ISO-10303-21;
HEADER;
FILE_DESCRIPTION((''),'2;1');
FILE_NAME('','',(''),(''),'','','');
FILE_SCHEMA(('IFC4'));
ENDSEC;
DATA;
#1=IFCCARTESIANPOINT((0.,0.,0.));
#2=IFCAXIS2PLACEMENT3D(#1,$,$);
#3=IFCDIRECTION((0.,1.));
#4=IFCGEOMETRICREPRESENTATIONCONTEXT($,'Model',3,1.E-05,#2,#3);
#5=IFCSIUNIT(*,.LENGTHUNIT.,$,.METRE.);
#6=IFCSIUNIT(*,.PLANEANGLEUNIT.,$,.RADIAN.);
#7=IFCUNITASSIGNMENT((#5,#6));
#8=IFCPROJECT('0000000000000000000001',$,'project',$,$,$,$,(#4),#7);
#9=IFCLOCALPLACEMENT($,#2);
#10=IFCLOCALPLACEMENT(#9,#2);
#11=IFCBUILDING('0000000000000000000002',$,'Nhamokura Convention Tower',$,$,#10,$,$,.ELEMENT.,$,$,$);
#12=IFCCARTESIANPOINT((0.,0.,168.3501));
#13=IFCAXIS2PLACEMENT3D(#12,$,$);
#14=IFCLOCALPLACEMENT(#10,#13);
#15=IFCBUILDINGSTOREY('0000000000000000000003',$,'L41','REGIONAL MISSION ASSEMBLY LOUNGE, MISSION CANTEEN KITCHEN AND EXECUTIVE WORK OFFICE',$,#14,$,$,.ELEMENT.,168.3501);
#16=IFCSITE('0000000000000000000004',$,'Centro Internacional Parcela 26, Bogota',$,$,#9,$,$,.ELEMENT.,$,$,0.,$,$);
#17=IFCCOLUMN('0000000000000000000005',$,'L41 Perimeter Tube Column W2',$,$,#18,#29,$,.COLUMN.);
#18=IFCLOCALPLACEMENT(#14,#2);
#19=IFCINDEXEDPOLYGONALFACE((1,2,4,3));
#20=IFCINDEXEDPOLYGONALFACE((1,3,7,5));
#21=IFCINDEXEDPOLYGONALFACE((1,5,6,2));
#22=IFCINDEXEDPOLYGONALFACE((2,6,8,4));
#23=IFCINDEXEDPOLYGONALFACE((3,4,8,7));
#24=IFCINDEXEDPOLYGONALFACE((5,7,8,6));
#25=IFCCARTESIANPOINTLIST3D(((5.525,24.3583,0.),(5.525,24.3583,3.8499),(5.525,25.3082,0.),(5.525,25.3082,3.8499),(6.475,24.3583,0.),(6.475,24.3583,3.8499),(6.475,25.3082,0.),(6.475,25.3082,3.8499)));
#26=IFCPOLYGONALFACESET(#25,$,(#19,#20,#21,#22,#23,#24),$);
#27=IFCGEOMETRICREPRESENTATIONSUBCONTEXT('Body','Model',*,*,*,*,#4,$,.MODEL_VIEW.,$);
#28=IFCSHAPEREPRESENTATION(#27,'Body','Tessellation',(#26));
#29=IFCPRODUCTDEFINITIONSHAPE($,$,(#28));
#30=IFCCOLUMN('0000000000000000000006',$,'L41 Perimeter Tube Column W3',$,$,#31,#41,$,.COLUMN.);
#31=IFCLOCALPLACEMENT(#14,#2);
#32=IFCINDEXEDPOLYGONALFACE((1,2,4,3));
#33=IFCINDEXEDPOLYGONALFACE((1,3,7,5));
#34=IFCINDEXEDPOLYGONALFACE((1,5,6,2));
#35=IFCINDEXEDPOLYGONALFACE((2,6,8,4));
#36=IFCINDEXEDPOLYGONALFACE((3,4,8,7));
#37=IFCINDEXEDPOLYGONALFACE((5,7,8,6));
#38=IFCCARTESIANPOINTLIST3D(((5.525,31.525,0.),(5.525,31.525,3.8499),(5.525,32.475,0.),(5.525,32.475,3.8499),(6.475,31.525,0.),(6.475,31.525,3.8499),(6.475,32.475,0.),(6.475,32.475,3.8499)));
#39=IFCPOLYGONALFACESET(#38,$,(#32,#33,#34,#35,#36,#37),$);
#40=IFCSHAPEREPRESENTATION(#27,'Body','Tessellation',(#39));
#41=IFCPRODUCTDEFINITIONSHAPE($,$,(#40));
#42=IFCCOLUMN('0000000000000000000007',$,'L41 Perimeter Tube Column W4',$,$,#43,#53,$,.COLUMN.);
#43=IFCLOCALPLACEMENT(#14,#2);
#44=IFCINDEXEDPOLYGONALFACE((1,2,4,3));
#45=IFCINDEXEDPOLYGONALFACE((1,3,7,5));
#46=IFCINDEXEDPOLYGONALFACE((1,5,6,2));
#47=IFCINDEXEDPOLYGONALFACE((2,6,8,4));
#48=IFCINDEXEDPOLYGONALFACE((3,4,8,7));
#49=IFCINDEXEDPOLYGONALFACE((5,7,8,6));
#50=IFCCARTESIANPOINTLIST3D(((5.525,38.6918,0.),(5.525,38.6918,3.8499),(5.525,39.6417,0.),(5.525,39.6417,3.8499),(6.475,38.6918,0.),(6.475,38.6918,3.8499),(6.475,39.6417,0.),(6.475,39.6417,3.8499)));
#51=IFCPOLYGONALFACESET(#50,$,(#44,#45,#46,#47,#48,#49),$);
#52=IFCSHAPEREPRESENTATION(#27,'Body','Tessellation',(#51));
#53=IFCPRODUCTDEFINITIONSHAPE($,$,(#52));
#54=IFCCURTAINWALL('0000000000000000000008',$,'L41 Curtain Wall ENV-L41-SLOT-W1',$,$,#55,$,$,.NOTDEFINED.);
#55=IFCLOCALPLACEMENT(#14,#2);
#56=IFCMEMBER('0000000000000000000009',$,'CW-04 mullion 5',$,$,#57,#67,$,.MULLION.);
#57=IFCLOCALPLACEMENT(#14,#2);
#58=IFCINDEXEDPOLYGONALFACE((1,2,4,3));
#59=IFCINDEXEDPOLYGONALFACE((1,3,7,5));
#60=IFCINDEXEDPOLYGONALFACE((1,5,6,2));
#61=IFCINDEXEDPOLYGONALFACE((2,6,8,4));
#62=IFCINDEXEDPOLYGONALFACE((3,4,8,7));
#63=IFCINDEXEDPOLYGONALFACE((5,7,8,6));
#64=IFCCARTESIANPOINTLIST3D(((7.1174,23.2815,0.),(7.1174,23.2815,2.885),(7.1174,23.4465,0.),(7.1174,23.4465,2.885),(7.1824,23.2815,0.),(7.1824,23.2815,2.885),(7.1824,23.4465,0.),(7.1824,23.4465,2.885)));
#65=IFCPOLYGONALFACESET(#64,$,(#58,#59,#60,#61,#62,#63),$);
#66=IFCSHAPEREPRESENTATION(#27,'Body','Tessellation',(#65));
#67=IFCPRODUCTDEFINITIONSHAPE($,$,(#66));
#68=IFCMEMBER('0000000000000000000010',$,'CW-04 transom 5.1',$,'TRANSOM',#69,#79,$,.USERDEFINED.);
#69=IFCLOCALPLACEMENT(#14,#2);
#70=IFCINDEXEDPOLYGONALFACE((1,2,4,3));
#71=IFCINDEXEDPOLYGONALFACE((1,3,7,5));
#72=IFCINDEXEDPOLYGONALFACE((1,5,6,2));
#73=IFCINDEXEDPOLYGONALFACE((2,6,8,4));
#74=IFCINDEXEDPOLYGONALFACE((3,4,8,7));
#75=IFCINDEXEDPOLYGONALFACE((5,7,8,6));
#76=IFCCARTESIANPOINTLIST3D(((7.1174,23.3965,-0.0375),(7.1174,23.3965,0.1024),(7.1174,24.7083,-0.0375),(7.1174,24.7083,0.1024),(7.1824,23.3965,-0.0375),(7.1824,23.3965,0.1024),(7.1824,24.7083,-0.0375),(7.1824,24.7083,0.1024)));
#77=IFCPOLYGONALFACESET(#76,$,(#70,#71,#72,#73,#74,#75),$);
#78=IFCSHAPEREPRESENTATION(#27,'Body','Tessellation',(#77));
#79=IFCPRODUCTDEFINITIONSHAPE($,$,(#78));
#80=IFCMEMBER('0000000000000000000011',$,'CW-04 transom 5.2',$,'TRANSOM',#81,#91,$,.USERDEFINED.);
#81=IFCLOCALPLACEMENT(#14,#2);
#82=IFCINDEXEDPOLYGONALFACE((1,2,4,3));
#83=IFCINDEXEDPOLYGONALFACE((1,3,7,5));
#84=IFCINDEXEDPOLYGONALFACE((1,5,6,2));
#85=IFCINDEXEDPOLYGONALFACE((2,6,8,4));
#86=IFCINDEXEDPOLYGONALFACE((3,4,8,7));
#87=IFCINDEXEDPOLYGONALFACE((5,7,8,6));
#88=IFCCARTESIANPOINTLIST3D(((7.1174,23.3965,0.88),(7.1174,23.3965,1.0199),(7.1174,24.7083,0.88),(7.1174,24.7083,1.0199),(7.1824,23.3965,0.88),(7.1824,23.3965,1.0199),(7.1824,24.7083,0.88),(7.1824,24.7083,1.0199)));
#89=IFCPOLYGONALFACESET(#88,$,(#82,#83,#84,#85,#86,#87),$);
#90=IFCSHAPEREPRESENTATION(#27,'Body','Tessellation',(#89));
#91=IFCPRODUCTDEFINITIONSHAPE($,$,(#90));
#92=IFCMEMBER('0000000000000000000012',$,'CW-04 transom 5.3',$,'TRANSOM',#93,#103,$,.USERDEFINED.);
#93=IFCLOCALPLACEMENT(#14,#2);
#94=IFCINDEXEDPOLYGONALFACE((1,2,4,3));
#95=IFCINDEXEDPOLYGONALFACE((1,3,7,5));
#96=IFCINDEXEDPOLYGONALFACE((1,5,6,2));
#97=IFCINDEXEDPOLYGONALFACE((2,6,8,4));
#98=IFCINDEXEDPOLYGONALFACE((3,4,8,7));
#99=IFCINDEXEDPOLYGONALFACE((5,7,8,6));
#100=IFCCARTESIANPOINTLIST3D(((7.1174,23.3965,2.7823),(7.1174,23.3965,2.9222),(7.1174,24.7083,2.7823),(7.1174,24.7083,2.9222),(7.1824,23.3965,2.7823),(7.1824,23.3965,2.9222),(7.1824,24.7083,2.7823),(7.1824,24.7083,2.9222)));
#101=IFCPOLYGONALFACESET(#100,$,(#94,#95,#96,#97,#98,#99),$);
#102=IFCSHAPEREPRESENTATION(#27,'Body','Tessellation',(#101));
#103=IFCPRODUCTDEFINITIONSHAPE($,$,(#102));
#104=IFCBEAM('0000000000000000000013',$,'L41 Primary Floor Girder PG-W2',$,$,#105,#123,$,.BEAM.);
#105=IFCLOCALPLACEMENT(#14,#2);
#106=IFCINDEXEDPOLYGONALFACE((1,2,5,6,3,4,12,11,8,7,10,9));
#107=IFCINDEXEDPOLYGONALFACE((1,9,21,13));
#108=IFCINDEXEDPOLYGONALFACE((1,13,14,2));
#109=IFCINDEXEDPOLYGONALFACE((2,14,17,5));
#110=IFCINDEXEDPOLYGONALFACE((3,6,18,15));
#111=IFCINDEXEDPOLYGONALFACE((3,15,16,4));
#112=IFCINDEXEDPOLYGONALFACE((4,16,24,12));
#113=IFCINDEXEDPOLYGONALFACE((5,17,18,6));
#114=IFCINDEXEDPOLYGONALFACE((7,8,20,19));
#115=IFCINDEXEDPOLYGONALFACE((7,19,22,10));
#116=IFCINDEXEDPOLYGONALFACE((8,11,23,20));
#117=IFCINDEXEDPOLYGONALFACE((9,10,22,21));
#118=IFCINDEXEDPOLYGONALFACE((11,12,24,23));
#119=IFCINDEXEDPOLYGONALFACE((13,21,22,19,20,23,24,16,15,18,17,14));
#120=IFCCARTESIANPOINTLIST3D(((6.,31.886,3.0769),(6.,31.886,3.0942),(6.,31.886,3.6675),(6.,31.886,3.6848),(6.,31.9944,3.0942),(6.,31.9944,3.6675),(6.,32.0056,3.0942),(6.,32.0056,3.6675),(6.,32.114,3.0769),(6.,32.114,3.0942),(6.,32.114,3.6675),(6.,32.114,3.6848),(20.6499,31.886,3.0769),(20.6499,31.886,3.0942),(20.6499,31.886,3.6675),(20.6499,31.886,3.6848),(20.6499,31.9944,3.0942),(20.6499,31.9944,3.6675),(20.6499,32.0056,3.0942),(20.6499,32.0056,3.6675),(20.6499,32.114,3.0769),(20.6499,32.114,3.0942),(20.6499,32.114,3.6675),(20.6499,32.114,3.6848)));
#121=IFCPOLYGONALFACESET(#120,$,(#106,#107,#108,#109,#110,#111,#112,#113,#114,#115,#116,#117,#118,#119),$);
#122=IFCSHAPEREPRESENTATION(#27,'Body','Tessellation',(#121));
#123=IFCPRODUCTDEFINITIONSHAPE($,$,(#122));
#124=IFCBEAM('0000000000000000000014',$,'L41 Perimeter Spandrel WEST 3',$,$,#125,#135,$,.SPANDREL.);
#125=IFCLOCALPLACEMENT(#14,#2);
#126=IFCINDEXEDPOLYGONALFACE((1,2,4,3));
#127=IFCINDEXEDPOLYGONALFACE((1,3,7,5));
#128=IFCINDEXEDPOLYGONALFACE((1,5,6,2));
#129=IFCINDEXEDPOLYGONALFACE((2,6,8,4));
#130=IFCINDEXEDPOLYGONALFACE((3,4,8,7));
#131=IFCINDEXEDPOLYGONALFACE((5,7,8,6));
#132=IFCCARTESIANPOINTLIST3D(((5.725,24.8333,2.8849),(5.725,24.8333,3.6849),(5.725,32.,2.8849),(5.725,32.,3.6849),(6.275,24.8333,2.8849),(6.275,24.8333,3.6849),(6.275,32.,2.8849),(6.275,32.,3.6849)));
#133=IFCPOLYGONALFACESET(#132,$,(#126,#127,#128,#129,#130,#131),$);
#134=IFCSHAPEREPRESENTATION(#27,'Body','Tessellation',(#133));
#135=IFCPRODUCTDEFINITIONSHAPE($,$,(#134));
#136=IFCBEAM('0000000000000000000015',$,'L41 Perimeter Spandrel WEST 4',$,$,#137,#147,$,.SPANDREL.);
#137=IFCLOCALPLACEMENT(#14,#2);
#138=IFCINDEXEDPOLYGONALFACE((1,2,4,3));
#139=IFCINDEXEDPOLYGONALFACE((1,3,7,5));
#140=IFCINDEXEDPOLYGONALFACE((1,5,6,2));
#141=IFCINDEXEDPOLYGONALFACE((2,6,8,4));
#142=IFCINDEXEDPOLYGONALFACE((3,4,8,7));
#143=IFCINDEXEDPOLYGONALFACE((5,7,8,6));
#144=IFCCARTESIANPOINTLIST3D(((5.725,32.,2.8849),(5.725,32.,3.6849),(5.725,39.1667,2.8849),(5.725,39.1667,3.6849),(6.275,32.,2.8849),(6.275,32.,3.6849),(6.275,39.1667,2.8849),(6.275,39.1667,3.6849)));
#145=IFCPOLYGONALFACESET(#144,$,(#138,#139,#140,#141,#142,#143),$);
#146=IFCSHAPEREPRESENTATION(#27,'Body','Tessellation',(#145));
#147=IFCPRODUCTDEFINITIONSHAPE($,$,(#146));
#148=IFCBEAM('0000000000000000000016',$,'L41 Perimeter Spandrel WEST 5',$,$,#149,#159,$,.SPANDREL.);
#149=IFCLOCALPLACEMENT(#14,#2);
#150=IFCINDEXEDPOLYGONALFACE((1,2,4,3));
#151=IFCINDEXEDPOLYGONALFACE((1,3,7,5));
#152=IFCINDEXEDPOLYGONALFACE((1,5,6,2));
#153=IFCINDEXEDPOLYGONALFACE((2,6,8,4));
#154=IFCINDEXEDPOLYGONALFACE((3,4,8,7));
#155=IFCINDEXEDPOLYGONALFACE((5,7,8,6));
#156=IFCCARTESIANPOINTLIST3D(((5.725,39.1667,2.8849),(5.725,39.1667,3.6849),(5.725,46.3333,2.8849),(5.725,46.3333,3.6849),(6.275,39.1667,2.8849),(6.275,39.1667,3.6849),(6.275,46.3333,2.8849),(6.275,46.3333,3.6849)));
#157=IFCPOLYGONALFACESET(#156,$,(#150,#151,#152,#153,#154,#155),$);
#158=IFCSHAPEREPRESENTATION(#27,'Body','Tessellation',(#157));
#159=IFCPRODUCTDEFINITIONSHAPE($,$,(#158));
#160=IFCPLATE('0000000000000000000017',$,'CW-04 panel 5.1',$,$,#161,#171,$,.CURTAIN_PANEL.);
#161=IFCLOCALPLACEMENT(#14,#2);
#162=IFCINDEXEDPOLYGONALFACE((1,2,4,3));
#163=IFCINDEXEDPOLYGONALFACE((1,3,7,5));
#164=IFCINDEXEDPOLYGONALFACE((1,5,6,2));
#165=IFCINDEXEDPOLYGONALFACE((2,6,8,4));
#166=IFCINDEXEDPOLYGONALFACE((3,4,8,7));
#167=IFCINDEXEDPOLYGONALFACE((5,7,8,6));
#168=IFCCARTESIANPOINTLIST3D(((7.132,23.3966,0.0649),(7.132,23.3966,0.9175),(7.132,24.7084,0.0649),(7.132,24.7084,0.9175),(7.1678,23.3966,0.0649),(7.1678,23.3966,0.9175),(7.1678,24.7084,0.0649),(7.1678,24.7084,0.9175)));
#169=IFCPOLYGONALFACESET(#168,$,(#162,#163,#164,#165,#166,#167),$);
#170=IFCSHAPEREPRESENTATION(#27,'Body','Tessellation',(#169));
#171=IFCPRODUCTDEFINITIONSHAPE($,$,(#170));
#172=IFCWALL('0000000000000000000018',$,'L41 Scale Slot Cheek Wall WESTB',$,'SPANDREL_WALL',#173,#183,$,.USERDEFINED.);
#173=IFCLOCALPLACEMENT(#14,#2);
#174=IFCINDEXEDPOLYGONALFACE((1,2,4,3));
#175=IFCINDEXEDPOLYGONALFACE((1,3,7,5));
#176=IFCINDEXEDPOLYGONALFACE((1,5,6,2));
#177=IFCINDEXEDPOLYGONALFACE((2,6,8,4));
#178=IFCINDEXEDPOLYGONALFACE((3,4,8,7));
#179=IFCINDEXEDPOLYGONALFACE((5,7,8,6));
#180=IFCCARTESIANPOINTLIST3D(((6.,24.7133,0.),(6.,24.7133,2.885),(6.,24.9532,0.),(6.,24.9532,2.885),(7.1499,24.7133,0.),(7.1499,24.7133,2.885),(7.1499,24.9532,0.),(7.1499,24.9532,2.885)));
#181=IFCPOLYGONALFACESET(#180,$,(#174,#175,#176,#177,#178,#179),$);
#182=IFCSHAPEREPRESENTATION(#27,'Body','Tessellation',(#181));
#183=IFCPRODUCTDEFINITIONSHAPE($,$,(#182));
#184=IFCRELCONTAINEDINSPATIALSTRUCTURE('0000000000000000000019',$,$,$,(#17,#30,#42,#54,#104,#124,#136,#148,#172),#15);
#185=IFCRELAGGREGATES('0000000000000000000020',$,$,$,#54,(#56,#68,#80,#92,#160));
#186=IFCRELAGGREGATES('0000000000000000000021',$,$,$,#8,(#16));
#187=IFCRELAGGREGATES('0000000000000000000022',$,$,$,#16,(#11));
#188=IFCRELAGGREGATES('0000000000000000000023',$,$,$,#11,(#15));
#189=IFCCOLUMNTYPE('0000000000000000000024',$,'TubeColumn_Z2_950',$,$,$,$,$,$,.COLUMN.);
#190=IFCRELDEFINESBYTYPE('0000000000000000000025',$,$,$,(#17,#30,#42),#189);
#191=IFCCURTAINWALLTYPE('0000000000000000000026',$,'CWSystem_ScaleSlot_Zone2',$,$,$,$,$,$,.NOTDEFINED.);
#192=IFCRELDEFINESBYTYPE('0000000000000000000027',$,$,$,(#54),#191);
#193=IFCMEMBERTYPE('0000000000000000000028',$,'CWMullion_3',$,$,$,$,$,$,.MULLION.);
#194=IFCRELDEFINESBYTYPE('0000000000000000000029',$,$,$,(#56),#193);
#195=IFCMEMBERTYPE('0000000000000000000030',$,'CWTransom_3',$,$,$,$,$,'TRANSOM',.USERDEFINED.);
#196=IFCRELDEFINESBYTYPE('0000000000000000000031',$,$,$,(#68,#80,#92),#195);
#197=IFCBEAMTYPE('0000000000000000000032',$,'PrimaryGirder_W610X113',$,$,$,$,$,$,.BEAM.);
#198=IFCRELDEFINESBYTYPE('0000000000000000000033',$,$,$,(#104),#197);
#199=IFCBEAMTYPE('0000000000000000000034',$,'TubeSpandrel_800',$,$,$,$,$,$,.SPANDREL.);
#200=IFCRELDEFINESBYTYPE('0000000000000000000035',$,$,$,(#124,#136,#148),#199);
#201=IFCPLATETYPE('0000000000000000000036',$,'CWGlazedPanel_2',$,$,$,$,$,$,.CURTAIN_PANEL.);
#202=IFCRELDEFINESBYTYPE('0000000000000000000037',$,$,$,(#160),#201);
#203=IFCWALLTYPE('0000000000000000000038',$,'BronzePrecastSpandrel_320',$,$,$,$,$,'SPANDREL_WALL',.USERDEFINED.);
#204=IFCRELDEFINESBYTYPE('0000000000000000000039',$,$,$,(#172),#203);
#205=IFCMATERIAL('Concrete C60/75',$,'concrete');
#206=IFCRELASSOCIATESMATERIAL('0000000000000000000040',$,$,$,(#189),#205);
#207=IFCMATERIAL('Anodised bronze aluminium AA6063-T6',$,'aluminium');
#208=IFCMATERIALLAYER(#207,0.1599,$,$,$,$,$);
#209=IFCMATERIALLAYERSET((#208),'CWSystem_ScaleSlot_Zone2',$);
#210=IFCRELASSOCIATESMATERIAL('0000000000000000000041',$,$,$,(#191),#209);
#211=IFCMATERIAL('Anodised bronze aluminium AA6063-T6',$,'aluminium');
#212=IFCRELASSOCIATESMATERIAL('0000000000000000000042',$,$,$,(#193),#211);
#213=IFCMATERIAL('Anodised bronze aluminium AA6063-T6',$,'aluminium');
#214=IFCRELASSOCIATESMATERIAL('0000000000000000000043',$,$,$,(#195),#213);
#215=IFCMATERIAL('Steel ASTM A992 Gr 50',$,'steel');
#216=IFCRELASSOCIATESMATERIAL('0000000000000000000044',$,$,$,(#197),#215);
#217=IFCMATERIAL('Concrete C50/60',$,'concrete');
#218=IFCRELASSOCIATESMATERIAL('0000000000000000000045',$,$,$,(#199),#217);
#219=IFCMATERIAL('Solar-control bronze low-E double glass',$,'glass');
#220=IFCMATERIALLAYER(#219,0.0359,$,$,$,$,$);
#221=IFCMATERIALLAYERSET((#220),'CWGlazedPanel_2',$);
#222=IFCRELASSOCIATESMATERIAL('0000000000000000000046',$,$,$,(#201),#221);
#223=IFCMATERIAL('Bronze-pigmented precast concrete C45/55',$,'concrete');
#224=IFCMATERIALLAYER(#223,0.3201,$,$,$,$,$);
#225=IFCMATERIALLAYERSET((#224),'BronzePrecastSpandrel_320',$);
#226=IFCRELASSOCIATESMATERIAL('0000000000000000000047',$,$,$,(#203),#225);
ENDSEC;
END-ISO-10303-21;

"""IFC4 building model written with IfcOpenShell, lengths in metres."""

from ifc_helpers import new_model, si_unit, direction, frame, frame_2d, origin, origin_2d, place, context, subcontext, project, spatial, rectangle, i_section, extrude, material, layer, layer_set, material_profile, profile_set, type_object, element, aggregate, save


model = new_model("IFC4")

# Units and contexts
model_context = context("Model", 3, precision=1e-05, world=origin(), true_north=direction((0.0, 1.0)))
body_context = subcontext(model_context, "Body", "Model", "MODEL_VIEW")
ifc_project = project(units=[si_unit("LENGTHUNIT", "METRE"), si_unit("PLANEANGLEUNIT", "RADIAN")], contexts=[model_context])

# Site, building, storey
site_placement = place(None, origin())
site = spatial("IfcSite", under=ifc_project, at=site_placement, Name="Centro Internacional Parcela 26, Bogota", CompositionType="ELEMENT", RefElevation=0.0)
building_placement = place(site_placement, origin())
building = spatial("IfcBuilding", under=site, at=building_placement, Name="Nhamokura Convention Tower", CompositionType="ELEMENT")
storey_placement = place(building_placement, frame((0.0, 0.0, 168.3501)))
storey = spatial("IfcBuildingStorey", under=building, at=storey_placement, Name="L41", Description="REGIONAL MISSION ASSEMBLY LOUNGE, MISSION CANTEEN KITCHEN AND EXECUTIVE WORK OFFICE", CompositionType="ELEMENT", Elevation=168.3501)

# Columns
ifc_material_1 = material(Name="Concrete C60/75", Category="concrete")
ifc_material_profile_1 = material_profile(ifc_material_1, rectangle(XDim=0.95, YDim=0.95, at=origin_2d()))
ifc_profile_set_1 = profile_set([ifc_material_profile_1], Name="Concrete C60/75")
column_type = type_object("IfcColumnType", Name="TubeColumn_Z2_950", PredefinedType="COLUMN", material=ifc_profile_set_1)
for number, where, z_axis, x_axis, name in (
    (1, (6.0, 24.8333, 0.0), (0.0, 0.0, 1.0), (1.0, 0.0, 0.0), "L41 Perimeter Tube Column W2"),
    (2, (6.0, 32.0, 0.0), (0.0, 0.0, 1.0), (1.0, 0.0, 0.0), "L41 Perimeter Tube Column W3"),
    (3, (6.0, 39.1667, 0.0), (0.0, 0.0, 1.0), (1.0, 0.0, 0.0), "L41 Perimeter Tube Column W4"),
):
    element("IfcColumn", number, at=place(storey_placement, frame(where, z_axis=z_axis, x_axis=x_axis)), inside=storey, type_object=column_type, Name=name, PredefinedType="COLUMN", context=body_context, shape_type="SweptSolid", body=[
        extrude(rectangle(XDim=0.95, YDim=0.95, at=origin_2d()), origin(), (0.0, 0.0, 1.0), 3.8499),
    ])

# Curtain wall, members
ifc_material_2 = material(Name="Anodised bronze aluminium AA6063-T6", Category="aluminium")
ifc_layer_1 = layer(ifc_material_2, 0.1599)
ifc_layer_set_1 = layer_set([ifc_layer_1], Name="CWSystem_ScaleSlot_Zone2")
curtain_wall_type = type_object("IfcCurtainWallType", Name="CWSystem_ScaleSlot_Zone2", PredefinedType="NOTDEFINED", material=ifc_layer_set_1)
curtain_wall_placement = place(storey_placement, origin())
curtain_wall = element("IfcCurtainWall", 4, at=curtain_wall_placement, inside=storey, type_object=curtain_wall_type, Name="L41 Curtain Wall ENV-L41-SLOT-W1", PredefinedType="NOTDEFINED")
ifc_material_3 = material(Name="Anodised bronze aluminium AA6063-T6", Category="aluminium")
ifc_material_profile_2 = material_profile(ifc_material_3, rectangle(XDim=0.0649, YDim=0.165, at=origin_2d()))
ifc_profile_set_2 = profile_set([ifc_material_profile_2], Name="Anodised bronze aluminium AA6063-T6")
member_type_1 = type_object("IfcMemberType", Name="CWMullion_3", PredefinedType="MULLION", material=ifc_profile_set_2)
member_1_placement = place(storey_placement, frame((7.1499, 23.364, 0.0), z_axis=(0.0, 0.0, 1.0), x_axis=(-1.0, 0.0, 0.0)))
member_1 = element("IfcMember", 5, at=member_1_placement, type_object=member_type_1, Name="CW-04 mullion 5", PredefinedType="MULLION", context=body_context, shape_type="SweptSolid", body=[
    extrude(rectangle(XDim=0.0649, YDim=0.165, at=origin_2d()), origin(), (0.0, 0.0, 1.0), 2.885),
])
ifc_material_4 = material(Name="Anodised bronze aluminium AA6063-T6", Category="aluminium")
ifc_material_profile_3 = material_profile(ifc_material_4, rectangle(XDim=0.0649, YDim=0.1399, at=origin_2d()))
ifc_profile_set_3 = profile_set([ifc_material_profile_3], Name="Anodised bronze aluminium AA6063-T6")
member_type_2 = type_object("IfcMemberType", Name="CWTransom_3", ElementType="TRANSOM", PredefinedType="USERDEFINED", material=ifc_profile_set_3)
member_2_placement = place(storey_placement, frame((7.1499, 23.3965, 0.0325), z_axis=(0.0, 1.0, 0.0), x_axis=(-1.0, 0.0, 0.0)))
member_2 = element("IfcMember", 6, at=member_2_placement, type_object=member_type_2, Name="CW-04 transom 5.1", ObjectType="TRANSOM", PredefinedType="USERDEFINED", context=body_context, shape_type="SweptSolid", body=[
    extrude(rectangle(XDim=0.0649, YDim=0.1399, at=origin_2d()), origin(), (0.0, 0.0, 1.0), 1.3118),
])
member_3_placement = place(storey_placement, frame((7.1499, 23.3965, 0.95), z_axis=(0.0, 1.0, 0.0), x_axis=(-1.0, 0.0, 0.0)))
member_3 = element("IfcMember", 7, at=member_3_placement, type_object=member_type_2, Name="CW-04 transom 5.2", ObjectType="TRANSOM", PredefinedType="USERDEFINED", context=body_context, shape_type="SweptSolid", body=[
    extrude(rectangle(XDim=0.0649, YDim=0.1399, at=origin_2d()), origin(), (0.0, 0.0, 1.0), 1.3118),
])
member_4_placement = place(storey_placement, frame((7.1499, 23.3965, 2.8523), z_axis=(0.0, 1.0, 0.0), x_axis=(-1.0, 0.0, 0.0)))
member_4 = element("IfcMember", 8, at=member_4_placement, type_object=member_type_2, Name="CW-04 transom 5.3", ObjectType="TRANSOM", PredefinedType="USERDEFINED", context=body_context, shape_type="SweptSolid", body=[
    extrude(rectangle(XDim=0.0649, YDim=0.1399, at=origin_2d()), origin(), (0.0, 0.0, 1.0), 1.3118),
])

# Beams
ifc_material_5 = material(Name="Steel ASTM A992 Gr 50", Category="steel")
ifc_material_profile_4 = material_profile(ifc_material_5, i_section(OverallWidth=0.228, OverallDepth=0.6079, WebThickness=0.0112, FlangeThickness=0.0173, at=origin_2d()))
ifc_profile_set_4 = profile_set([ifc_material_profile_4], Name="Steel ASTM A992 Gr 50")
beam_type_1 = type_object("IfcBeamType", Name="PrimaryGirder_W610X113", PredefinedType="BEAM", material=ifc_profile_set_4)
beam_1_placement = place(storey_placement, frame((6.0, 32.0, 3.3809), z_axis=(1.0, 0.0, 0.0), x_axis=(0.0, 1.0, 0.0)))
element("IfcBeam", 9, at=beam_1_placement, inside=storey, type_object=beam_type_1, Name="L41 Primary Floor Girder PG-W2", PredefinedType="BEAM", context=body_context, shape_type="SweptSolid", body=[
    extrude(i_section(OverallWidth=0.228, OverallDepth=0.6079, WebThickness=0.0112, FlangeThickness=0.0173, at=origin_2d()), origin(), (0.0, 0.0, 1.0), 14.6499),
])
ifc_material_6 = material(Name="Concrete C50/60", Category="concrete")
ifc_material_profile_5 = material_profile(ifc_material_6, rectangle(XDim=0.55, YDim=0.8, at=origin_2d()))
ifc_profile_set_5 = profile_set([ifc_material_profile_5], Name="Concrete C50/60")
beam_type_2 = type_object("IfcBeamType", Name="TubeSpandrel_800", PredefinedType="SPANDREL", material=ifc_profile_set_5)
for number, where, z_axis, x_axis, name in (
    (10, (6.0, 24.8333, 3.2849), (0.0, 1.0, 0.0), (-1.0, 0.0, 0.0), "L41 Perimeter Spandrel WEST 3"),
    (11, (6.0, 32.0, 3.2849), (0.0, 1.0, 0.0), (-1.0, 0.0, 0.0), "L41 Perimeter Spandrel WEST 4"),
):
    element("IfcBeam", number, at=place(storey_placement, frame(where, z_axis=z_axis, x_axis=x_axis)), inside=storey, type_object=beam_type_2, Name=name, PredefinedType="SPANDREL", context=body_context, shape_type="SweptSolid", body=[
        extrude(rectangle(XDim=0.55, YDim=0.8, at=origin_2d()), origin(), (0.0, 0.0, 1.0), 7.1667),
    ])
beam_2_placement = place(storey_placement, frame((6.0, 39.1667, 3.2849), z_axis=(0.0, 1.0, 0.0), x_axis=(-1.0, 0.0, 0.0)))
element("IfcBeam", 12, at=beam_2_placement, inside=storey, type_object=beam_type_2, Name="L41 Perimeter Spandrel WEST 5", PredefinedType="SPANDREL", context=body_context, shape_type="SweptSolid", body=[
    extrude(rectangle(XDim=0.55, YDim=0.8, at=origin_2d()), origin(), (0.0, 0.0, 1.0), 7.1665),
])

# Plate
ifc_material_7 = material(Name="Solar-control bronze low-E double glass", Category="glass")
ifc_layer_2 = layer(ifc_material_7, 0.0359)
ifc_layer_set_2 = layer_set([ifc_layer_2], Name="CWGlazedPanel_2")
plate_type = type_object("IfcPlateType", Name="CWGlazedPanel_2", PredefinedType="CURTAIN_PANEL", material=ifc_layer_set_2)
plate_placement = place(storey_placement, frame((7.1499, 24.0525, 0.0649), z_axis=(0.0, 0.0, 1.0), x_axis=(0.0, 1.0, 0.0)))
plate = element("IfcPlate", 13, at=plate_placement, type_object=plate_type, Name="CW-04 panel 5.1", PredefinedType="CURTAIN_PANEL", context=body_context, shape_type="SweptSolid", body=[
    extrude(rectangle(XDim=1.3118, YDim=0.0359, at=origin_2d()), origin(), (0.0, 0.0, 1.0), 0.8525),
])
aggregate(curtain_wall, [member_1, member_2, member_3, member_4, plate])

# Wall
ifc_material_8 = material(Name="Bronze-pigmented precast concrete C45/55", Category="concrete")
ifc_layer_3 = layer(ifc_material_8, 0.3201)
ifc_layer_set_3 = layer_set([ifc_layer_3], Name="BronzePrecastSpandrel_320")
wall_type_1 = type_object("IfcWallType", Name="BronzePrecastSpandrel_320", ElementType="SPANDREL_WALL", PredefinedType="USERDEFINED", material=ifc_layer_set_3)
wall_1_placement = place(storey_placement, frame((6.0, 24.8333, 0.0), z_axis=(0.0, 0.0, 1.0), x_axis=(1.0, 0.0, 0.0)))
element("IfcWall", 14, at=wall_1_placement, inside=storey, type_object=wall_type_1, Name="L41 Scale Slot Cheek Wall WESTB", ObjectType="SPANDREL_WALL", PredefinedType="USERDEFINED", context=body_context, shape_type="SweptSolid", body=[
    extrude(rectangle(XDim=1.1499, YDim=0.24, at=frame_2d((0.575, 0.0))), origin(), (0.0, 0.0, 1.0), 2.885),
])

save(model, "model.ifc")
